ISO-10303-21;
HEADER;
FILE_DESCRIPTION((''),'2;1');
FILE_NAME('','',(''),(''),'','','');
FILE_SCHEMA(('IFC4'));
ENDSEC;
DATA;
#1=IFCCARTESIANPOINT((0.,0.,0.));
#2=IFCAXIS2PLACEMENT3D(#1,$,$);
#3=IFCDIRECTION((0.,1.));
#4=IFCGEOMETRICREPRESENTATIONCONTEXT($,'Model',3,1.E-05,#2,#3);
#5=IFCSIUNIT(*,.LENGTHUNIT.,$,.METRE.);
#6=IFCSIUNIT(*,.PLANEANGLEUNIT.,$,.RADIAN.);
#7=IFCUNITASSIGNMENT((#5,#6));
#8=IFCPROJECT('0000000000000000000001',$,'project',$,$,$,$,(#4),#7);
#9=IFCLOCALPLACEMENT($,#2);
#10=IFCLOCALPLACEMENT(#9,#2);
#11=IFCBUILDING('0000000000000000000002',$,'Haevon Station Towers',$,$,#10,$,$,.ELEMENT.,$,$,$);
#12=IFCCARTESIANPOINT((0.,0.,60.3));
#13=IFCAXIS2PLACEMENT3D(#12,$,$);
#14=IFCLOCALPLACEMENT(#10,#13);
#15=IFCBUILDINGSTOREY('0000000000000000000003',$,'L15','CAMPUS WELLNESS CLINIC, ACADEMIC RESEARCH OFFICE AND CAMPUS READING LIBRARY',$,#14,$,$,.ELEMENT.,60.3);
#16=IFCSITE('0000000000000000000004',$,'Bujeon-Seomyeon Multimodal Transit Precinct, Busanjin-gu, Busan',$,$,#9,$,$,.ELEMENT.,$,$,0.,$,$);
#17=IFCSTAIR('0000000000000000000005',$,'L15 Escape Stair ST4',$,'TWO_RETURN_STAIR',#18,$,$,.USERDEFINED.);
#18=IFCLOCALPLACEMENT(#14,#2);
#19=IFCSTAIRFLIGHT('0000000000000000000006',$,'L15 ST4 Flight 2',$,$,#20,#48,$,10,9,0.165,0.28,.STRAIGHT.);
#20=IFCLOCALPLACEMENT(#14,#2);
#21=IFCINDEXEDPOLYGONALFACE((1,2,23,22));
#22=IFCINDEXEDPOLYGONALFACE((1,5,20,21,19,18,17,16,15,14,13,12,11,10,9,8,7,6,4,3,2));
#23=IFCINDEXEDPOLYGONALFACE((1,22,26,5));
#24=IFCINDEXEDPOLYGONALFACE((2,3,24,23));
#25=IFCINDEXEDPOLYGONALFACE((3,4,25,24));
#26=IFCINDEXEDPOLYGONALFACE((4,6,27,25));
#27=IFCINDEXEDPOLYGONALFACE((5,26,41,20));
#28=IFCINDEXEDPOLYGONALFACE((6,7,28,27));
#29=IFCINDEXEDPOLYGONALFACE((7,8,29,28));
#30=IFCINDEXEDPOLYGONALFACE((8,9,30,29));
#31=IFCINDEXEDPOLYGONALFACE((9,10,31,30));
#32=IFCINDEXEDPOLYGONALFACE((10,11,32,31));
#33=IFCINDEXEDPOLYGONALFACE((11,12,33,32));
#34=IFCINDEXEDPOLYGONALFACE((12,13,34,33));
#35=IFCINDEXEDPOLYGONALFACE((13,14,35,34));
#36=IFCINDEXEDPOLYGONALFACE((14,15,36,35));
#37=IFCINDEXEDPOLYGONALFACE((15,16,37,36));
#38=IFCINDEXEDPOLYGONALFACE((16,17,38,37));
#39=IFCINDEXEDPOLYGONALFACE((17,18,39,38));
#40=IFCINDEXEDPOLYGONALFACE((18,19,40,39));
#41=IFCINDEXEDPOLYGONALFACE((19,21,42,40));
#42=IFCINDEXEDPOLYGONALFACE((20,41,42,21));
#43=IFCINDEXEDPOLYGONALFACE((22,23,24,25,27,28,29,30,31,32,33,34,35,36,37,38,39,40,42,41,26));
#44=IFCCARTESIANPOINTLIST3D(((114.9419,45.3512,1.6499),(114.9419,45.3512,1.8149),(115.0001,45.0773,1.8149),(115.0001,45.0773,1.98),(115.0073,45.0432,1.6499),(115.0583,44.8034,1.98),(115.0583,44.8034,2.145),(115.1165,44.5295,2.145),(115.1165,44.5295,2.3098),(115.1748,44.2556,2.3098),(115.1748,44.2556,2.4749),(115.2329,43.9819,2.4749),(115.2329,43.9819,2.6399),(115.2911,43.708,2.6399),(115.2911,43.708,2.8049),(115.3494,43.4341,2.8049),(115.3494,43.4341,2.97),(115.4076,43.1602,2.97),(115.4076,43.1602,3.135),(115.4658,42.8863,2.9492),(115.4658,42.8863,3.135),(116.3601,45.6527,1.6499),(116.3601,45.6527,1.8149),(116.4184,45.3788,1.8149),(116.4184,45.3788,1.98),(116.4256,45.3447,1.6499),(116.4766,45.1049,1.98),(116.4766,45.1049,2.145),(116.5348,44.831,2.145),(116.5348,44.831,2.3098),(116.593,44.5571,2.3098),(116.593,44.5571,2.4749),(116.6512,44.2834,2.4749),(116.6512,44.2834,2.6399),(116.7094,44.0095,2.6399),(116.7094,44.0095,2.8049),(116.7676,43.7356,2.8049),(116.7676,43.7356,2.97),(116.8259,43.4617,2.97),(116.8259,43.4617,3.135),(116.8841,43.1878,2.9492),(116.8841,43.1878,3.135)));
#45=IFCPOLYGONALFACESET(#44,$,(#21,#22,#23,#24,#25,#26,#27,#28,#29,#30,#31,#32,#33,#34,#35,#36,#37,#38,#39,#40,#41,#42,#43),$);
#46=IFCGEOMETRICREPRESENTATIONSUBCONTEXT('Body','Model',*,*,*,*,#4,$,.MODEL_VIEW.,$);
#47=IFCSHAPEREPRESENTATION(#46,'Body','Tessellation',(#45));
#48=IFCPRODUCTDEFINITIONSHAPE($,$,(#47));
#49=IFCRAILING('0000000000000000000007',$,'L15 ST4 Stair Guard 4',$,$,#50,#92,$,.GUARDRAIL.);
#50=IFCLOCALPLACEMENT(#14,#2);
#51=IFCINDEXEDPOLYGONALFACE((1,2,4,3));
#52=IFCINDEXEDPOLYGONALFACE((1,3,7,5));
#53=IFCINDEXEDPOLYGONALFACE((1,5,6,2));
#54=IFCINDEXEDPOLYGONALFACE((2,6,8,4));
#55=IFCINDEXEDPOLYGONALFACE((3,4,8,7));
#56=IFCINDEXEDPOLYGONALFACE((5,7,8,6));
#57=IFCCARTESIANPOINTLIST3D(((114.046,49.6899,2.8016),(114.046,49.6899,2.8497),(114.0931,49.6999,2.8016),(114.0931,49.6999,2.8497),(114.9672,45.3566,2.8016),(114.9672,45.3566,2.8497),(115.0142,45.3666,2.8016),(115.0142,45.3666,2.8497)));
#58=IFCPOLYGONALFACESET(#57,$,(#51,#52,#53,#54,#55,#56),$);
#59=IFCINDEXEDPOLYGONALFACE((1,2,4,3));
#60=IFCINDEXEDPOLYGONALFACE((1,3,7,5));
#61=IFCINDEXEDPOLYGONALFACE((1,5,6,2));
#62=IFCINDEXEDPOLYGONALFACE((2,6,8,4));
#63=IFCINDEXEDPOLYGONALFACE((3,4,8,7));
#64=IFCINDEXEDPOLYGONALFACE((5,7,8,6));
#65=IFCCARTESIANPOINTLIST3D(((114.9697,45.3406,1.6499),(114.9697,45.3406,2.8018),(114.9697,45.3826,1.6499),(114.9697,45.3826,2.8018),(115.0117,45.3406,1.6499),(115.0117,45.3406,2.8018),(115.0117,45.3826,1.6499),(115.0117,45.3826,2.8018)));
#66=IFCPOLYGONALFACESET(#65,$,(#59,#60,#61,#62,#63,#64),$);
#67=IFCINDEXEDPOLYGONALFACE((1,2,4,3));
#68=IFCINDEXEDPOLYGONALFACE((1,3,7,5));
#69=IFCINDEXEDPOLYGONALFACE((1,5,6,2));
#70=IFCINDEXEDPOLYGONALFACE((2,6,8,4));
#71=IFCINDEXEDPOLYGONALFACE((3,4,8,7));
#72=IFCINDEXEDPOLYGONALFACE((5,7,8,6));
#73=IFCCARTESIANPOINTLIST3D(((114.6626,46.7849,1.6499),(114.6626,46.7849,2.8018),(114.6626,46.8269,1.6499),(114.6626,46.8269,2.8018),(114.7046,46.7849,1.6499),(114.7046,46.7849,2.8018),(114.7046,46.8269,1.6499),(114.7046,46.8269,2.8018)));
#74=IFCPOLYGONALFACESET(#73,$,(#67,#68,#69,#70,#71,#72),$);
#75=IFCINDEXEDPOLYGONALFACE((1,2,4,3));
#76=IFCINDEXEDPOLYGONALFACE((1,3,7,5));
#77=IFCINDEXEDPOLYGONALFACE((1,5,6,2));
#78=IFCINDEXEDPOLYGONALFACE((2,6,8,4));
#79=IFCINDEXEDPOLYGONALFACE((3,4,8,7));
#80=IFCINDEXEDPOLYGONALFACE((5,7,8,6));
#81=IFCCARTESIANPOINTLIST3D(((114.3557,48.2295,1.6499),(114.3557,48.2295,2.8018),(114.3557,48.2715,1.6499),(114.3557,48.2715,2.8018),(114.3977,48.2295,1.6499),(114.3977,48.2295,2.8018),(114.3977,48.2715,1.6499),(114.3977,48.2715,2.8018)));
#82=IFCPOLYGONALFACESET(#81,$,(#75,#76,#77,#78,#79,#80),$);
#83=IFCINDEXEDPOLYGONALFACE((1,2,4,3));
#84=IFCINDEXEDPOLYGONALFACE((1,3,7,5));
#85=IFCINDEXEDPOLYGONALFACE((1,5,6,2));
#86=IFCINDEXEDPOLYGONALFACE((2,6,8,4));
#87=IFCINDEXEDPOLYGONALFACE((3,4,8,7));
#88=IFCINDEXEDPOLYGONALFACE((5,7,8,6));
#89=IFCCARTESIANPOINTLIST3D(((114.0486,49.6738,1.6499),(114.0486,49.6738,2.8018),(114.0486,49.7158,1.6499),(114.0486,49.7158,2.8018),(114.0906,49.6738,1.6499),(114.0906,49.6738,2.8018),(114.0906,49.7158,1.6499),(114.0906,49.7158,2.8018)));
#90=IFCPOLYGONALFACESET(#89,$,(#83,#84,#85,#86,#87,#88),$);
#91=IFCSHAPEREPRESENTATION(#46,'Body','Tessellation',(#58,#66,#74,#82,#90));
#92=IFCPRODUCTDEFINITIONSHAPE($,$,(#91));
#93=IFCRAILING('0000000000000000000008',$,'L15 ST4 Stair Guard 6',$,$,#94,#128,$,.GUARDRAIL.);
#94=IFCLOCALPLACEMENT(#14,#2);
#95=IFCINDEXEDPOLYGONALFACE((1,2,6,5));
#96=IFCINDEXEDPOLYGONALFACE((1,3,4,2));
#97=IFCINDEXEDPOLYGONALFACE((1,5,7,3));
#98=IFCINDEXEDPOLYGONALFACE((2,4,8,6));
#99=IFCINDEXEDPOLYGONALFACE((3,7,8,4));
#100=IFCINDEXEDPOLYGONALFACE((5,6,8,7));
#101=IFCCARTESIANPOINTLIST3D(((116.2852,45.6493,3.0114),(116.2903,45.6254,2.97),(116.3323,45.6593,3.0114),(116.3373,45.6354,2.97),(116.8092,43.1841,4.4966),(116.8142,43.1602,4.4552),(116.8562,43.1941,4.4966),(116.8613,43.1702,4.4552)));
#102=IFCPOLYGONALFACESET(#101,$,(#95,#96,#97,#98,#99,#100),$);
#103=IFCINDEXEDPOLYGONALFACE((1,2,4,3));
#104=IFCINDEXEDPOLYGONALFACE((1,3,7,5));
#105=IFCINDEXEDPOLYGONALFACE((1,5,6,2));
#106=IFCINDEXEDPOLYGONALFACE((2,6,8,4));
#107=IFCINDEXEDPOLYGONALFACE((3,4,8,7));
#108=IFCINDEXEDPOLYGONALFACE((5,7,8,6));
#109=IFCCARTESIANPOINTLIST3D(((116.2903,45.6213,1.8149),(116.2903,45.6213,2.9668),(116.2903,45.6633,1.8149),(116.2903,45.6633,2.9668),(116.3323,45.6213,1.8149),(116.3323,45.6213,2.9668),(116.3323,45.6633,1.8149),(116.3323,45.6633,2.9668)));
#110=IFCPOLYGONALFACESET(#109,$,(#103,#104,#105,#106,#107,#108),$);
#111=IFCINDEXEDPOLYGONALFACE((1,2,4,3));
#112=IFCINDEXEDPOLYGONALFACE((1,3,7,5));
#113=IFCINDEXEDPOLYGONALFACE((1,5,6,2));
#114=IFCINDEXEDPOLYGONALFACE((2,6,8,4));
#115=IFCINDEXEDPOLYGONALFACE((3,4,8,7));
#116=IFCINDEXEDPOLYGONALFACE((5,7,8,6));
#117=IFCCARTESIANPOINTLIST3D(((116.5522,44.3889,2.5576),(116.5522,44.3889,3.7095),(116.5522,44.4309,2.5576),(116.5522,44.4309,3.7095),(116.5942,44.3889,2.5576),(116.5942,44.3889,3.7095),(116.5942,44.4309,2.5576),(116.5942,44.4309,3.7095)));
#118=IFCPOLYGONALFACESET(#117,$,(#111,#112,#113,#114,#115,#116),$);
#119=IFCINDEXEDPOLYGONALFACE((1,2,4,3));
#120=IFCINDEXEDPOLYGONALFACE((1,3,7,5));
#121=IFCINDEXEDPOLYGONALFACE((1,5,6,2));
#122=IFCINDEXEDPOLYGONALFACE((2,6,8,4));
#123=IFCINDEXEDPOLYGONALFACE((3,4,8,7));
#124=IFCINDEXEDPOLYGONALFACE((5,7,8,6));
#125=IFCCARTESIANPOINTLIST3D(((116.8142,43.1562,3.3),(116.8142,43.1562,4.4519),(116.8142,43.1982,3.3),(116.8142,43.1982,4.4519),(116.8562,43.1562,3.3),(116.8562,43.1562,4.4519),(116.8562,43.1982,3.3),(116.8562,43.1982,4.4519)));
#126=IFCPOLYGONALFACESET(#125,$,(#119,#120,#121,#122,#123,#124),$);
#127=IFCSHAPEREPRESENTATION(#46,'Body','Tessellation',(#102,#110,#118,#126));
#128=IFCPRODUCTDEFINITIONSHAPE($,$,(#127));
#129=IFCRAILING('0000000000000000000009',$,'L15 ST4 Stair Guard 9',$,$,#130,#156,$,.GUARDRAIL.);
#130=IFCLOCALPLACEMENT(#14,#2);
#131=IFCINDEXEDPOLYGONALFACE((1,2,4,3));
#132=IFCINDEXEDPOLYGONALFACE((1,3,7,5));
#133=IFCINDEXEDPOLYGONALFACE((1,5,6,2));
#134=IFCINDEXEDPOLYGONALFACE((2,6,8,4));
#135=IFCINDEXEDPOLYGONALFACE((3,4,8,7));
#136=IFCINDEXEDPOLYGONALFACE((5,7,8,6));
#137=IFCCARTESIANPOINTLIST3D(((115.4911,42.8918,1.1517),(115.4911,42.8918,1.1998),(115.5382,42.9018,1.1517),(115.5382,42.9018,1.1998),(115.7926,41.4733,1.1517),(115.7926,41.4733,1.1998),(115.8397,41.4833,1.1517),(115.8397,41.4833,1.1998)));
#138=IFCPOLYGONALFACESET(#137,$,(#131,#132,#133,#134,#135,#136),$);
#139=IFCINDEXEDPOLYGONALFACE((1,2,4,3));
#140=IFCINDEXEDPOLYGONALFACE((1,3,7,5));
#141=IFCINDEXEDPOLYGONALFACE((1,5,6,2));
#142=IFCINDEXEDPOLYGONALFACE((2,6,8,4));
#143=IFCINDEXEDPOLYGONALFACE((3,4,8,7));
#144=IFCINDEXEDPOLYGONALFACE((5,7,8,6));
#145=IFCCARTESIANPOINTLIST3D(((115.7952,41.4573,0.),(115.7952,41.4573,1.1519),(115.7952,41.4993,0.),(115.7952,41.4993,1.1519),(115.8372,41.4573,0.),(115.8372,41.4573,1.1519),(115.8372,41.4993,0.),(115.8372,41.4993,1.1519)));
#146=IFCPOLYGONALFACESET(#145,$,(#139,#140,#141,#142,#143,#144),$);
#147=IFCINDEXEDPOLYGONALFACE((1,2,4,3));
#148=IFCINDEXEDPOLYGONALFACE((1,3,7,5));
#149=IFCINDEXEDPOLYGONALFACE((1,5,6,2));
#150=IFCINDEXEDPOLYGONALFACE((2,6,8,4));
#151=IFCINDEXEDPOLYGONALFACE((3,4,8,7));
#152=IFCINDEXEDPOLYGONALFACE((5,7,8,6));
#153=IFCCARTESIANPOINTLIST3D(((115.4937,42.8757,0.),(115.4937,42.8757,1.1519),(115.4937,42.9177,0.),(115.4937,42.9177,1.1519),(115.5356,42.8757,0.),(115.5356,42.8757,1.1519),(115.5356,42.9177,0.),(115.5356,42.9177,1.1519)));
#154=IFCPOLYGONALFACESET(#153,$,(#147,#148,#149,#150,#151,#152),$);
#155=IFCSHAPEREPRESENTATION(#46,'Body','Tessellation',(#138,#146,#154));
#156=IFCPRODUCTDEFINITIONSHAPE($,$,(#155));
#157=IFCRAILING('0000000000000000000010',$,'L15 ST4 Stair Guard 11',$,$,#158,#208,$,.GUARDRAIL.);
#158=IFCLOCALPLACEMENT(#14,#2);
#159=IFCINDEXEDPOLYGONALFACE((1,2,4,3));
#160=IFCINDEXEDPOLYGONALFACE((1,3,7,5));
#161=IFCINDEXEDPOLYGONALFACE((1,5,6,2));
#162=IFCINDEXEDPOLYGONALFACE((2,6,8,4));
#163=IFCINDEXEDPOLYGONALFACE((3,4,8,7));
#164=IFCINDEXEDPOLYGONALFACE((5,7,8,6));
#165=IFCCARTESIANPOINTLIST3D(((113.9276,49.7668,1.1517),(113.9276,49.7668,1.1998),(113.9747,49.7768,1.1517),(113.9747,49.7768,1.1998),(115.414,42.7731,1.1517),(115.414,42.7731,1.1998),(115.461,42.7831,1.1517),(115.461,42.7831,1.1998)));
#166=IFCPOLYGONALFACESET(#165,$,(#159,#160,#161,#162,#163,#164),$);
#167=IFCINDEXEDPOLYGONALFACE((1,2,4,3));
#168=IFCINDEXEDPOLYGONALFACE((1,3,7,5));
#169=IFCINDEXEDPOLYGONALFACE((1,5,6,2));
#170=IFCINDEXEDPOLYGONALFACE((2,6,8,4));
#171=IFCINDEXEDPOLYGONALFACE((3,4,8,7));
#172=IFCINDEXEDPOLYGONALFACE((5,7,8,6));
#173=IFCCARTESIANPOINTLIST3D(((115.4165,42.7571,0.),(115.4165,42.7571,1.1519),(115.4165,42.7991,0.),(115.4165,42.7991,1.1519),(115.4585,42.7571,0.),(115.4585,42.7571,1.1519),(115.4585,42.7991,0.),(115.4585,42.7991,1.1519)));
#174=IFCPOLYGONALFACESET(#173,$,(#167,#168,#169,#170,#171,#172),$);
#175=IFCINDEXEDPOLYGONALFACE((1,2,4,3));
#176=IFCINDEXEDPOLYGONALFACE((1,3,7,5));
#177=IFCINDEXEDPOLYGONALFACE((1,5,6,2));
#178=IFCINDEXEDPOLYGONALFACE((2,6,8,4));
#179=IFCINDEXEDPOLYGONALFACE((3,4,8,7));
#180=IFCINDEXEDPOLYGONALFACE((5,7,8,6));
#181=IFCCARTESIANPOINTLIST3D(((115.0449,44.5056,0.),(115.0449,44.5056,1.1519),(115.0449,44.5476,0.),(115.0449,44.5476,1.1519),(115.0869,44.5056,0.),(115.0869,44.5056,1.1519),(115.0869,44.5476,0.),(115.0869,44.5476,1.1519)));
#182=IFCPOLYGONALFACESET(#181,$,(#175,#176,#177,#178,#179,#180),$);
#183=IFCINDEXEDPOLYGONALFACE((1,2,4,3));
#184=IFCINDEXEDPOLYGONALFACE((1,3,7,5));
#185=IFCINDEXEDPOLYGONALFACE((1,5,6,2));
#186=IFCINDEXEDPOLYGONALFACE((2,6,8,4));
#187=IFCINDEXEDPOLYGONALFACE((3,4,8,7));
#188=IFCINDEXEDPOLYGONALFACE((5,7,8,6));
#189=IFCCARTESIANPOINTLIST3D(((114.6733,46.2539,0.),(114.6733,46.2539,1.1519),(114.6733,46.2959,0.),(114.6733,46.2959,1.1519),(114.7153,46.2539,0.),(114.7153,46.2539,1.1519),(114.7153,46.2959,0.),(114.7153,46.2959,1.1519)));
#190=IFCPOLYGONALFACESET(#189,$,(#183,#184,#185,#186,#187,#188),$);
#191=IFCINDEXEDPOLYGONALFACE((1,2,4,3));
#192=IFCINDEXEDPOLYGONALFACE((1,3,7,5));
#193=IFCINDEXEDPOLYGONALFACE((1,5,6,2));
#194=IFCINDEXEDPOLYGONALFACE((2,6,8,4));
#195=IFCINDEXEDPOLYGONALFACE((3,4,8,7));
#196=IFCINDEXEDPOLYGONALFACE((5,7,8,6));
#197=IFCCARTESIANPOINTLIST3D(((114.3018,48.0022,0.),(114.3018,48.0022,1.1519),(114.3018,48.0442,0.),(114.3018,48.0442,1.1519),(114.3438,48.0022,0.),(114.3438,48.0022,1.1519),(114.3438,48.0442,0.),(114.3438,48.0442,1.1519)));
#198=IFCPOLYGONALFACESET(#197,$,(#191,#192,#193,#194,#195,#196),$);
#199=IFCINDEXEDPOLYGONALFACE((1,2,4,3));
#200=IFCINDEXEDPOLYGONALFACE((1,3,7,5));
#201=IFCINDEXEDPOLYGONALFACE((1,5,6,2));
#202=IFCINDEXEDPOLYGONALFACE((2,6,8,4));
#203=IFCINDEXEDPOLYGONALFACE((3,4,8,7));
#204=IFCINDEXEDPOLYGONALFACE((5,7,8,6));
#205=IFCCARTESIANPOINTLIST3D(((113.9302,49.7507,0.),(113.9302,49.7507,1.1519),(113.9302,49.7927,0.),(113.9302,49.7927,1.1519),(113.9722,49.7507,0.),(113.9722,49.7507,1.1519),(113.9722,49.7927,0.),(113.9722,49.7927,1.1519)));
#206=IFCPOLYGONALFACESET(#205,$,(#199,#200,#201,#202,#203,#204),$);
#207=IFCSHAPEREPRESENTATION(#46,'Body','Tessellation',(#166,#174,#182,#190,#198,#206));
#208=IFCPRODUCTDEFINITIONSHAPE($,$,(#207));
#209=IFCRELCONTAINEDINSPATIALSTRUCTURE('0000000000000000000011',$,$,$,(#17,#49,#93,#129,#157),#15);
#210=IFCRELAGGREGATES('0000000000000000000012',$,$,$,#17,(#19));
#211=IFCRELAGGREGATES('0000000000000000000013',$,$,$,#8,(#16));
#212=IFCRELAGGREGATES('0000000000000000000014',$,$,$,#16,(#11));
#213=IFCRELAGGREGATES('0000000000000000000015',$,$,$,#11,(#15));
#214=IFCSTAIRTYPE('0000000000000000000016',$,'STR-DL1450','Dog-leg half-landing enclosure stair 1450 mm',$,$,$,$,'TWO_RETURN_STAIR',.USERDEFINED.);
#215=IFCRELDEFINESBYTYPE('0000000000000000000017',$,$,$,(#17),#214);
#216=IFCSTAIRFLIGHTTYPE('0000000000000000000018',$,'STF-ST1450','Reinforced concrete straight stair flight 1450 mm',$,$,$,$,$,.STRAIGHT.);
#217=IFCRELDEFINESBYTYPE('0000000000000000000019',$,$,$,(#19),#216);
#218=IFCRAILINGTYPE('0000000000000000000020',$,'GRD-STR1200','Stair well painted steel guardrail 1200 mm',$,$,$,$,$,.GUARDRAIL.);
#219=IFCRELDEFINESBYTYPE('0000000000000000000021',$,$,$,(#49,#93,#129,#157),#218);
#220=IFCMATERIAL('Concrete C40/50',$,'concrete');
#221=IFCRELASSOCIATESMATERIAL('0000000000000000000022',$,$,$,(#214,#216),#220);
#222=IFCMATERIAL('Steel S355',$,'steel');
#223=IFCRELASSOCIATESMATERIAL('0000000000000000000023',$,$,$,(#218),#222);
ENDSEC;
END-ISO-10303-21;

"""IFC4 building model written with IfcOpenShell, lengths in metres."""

from ifc_helpers import new_model, si_unit, direction, frame, origin, origin_2d, place, context, subcontext, project, spatial, polyline, rectangle, outline, extrude, material, type_object, element, aggregate, save


model = new_model("IFC4")

# Units and contexts
model_context = context("Model", 3, precision=1e-05, world=origin(), true_north=direction((0.0, 1.0)))
body_context = subcontext(model_context, "Body", "Model", "MODEL_VIEW")
ifc_project = project(units=[si_unit("LENGTHUNIT", "METRE"), si_unit("PLANEANGLEUNIT", "RADIAN")], contexts=[model_context])

# Site, building, storey
site_placement = place(None, origin())
site = spatial("IfcSite", under=ifc_project, at=site_placement, Name="Bujeon-Seomyeon Multimodal Transit Precinct, Busanjin-gu, Busan", CompositionType="ELEMENT", RefElevation=0.0)
building_placement = place(site_placement, origin())
building = spatial("IfcBuilding", under=site, at=building_placement, Name="Haevon Station Towers", CompositionType="ELEMENT")
storey_placement = place(building_placement, frame((0.0, 0.0, 60.3)))
storey = spatial("IfcBuildingStorey", under=building, at=storey_placement, Name="L15", Description="CAMPUS WELLNESS CLINIC, ACADEMIC RESEARCH OFFICE AND CAMPUS READING LIBRARY", CompositionType="ELEMENT", Elevation=60.3)

# Shared definitions
ifc_material_1 = material(Name="Steel S355", Category="steel")

# Shared definitions
ifc_material_2 = material(Name="Concrete C40/50", Category="concrete")

# Stair, stair flight
stair_type = type_object("IfcStairType", Name="STR-DL1450", Description="Dog-leg half-landing enclosure stair 1450 mm", ElementType="TWO_RETURN_STAIR", PredefinedType="USERDEFINED", material=ifc_material_2)
stair_placement = place(storey_placement, origin())
stair = element("IfcStair", 1, at=stair_placement, inside=storey, type_object=stair_type, Name="L15 Escape Stair ST4", ObjectType="TWO_RETURN_STAIR", PredefinedType="USERDEFINED")
stair_flight_type = type_object("IfcStairFlightType", Name="STF-ST1450", Description="Reinforced concrete straight stair flight 1450 mm", PredefinedType="STRAIGHT", material=ifc_material_2)
stair_flight_placement = place(storey_placement, frame((115.6509, 45.502, 1.6499), z_axis=(0.0, 0.0, 1.0), x_axis=(0.207912, -0.978148, 0.0)))
stair_flight = element("IfcStairFlight", 2, at=stair_flight_placement, type_object=stair_flight_type, Name="L15 ST4 Flight 2", NumberOfRisers=10, NumberOfTreads=9, PredefinedType="STRAIGHT", RiserHeight=0.165, TreadLength=0.28, context=body_context, shape_type="SweptSolid", body=[
    extrude(outline(polyline([(0.0, 0.0), (0.0, 0.165), (0.28, 0.165), (0.28, 0.3301), (0.5601, 0.3301), (0.5601, 0.4951), (0.8401, 0.4951), (0.8401, 0.6599), (1.1201, 0.6599), (1.1201, 0.825), (1.3999, 0.825), (1.3999, 0.99), (1.6799, 0.99), (1.6799, 1.155), (1.96, 1.155), (1.96, 1.3201), (2.24, 1.3201), (2.24, 1.4851), (2.52, 1.4851), (2.52, 1.6499), (2.52, 1.2993), (0.3149, 0.0), (0.0, 0.0)])), frame((0.0, 0.7251, 0.0), z_axis=(0.0, -1.0, 0.0), x_axis=(1.0, 0.0, 0.0)), (0.0, 0.0, 1.0), 1.45),
])
aggregate(stair, [stair_flight])

# Railings
railing_type_1 = type_object("IfcRailingType", Name="GRD-STR1200", Description="Stair well painted steel guardrail 1200 mm", PredefinedType="GUARDRAIL", material=ifc_material_1)
railing_1_placement = place(storey_placement, frame((114.9907, 45.3616, 1.6499)))
element("IfcRailing", 3, at=railing_1_placement, inside=storey, type_object=railing_type_1, Name="L15 ST4 Stair Guard 4", PredefinedType="GUARDRAIL", context=body_context, shape_type="SweptSolid", body=[
    extrude(rectangle(XDim=0.0481, YDim=0.0481, at=origin_2d()), frame((0.0, 0.0, 1.1758), z_axis=(-0.207929, 0.978144, 0.0), x_axis=(-0.978144, -0.207929, 0.0)), (0.0, 0.0, 1.0), 4.4302),
    extrude(rectangle(XDim=0.042, YDim=0.042, at=origin_2d()), origin(), (0.0, 0.0, 1.0), 1.1519),
    extrude(rectangle(XDim=0.042, YDim=0.042, at=origin_2d()), frame((-0.3071, 1.4443, 0.0)), (0.0, 0.0, 1.0), 1.1519),
    extrude(rectangle(XDim=0.042, YDim=0.042, at=origin_2d()), frame((-0.614, 2.8889, 0.0)), (0.0, 0.0, 1.0), 1.1519),
    extrude(rectangle(XDim=0.042, YDim=0.042, at=origin_2d()), frame((-0.9211, 4.3333, 0.0)), (0.0, 0.0, 1.0), 1.1519),
])
railing_2_placement = place(storey_placement, frame((116.3113, 45.6423, 1.8149)))
element("IfcRailing", 4, at=railing_2_placement, inside=storey, type_object=railing_type_1, Name="L15 ST4 Stair Guard 6", PredefinedType="GUARDRAIL", context=body_context, shape_type="SweptSolid", body=[
    extrude(rectangle(XDim=0.0481, YDim=0.0481, at=origin_2d()), frame((0.0, 0.0, 1.1758), z_axis=(0.179109, -0.842712, 0.507697), x_axis=(0.978151, 0.207895, 0.0)), (0.0, 0.0, 1.0), 2.9253),
    extrude(rectangle(XDim=0.042, YDim=0.042, at=origin_2d()), origin(), (0.0, 0.0, 1.0), 1.1519),
    extrude(rectangle(XDim=0.042, YDim=0.042, at=origin_2d()), frame((0.262, -1.2324, 0.7427)), (0.0, 0.0, 1.0), 1.1519),
    extrude(rectangle(XDim=0.042, YDim=0.042, at=origin_2d()), frame((0.5239, -2.4651, 1.4851)), (0.0, 0.0, 1.0), 1.1519),
])
railing_3_placement = place(storey_placement, frame((115.8162, 41.4783, 0.0)))
element("IfcRailing", 5, at=railing_3_placement, inside=storey, type_object=railing_type_1, Name="L15 ST4 Stair Guard 9", PredefinedType="GUARDRAIL", context=body_context, shape_type="SweptSolid", body=[
    extrude(rectangle(XDim=0.0481, YDim=0.0481, at=origin_2d()), frame((0.0, 0.0, 1.1758), z_axis=(-0.207919, 0.978146, 0.0), x_axis=(-0.978146, -0.207919, 0.0)), (0.0, 0.0, 1.0), 1.4502),
    extrude(rectangle(XDim=0.042, YDim=0.042, at=origin_2d()), origin(), (0.0, 0.0, 1.0), 1.1519),
    extrude(rectangle(XDim=0.042, YDim=0.042, at=origin_2d()), frame((-0.3015, 1.4185, 0.0)), (0.0, 0.0, 1.0), 1.1519),
])
railing_4_placement = place(storey_placement, frame((115.4375, 42.7781, 0.0)))
element("IfcRailing", 6, at=railing_4_placement, inside=storey, type_object=railing_type_1, Name="L15 ST4 Stair Guard 11", PredefinedType="GUARDRAIL", context=body_context, shape_type="SweptSolid", body=[
    extrude(rectangle(XDim=0.0481, YDim=0.0481, at=origin_2d()), frame((0.0, 0.0, 1.1758), z_axis=(-0.207882, 0.978154, 0.0), x_axis=(-0.978154, -0.207882, 0.0)), (0.0, 0.0, 1.0), 7.1499),
    extrude(rectangle(XDim=0.042, YDim=0.042, at=origin_2d()), origin(), (0.0, 0.0, 1.0), 1.1519),
    extrude(rectangle(XDim=0.042, YDim=0.042, at=origin_2d()), frame((-0.3716, 1.7485, 0.0)), (0.0, 0.0, 1.0), 1.1519),
    extrude(rectangle(XDim=0.042, YDim=0.042, at=origin_2d()), frame((-0.7432, 3.4968, 0.0)), (0.0, 0.0, 1.0), 1.1519),
    extrude(rectangle(XDim=0.042, YDim=0.042, at=origin_2d()), frame((-1.1147, 5.2451, 0.0)), (0.0, 0.0, 1.0), 1.1519),
    extrude(rectangle(XDim=0.042, YDim=0.042, at=origin_2d()), frame((-1.4863, 6.9937, 0.0)), (0.0, 0.0, 1.0), 1.1519),
])

save(model, "model.ifc")
